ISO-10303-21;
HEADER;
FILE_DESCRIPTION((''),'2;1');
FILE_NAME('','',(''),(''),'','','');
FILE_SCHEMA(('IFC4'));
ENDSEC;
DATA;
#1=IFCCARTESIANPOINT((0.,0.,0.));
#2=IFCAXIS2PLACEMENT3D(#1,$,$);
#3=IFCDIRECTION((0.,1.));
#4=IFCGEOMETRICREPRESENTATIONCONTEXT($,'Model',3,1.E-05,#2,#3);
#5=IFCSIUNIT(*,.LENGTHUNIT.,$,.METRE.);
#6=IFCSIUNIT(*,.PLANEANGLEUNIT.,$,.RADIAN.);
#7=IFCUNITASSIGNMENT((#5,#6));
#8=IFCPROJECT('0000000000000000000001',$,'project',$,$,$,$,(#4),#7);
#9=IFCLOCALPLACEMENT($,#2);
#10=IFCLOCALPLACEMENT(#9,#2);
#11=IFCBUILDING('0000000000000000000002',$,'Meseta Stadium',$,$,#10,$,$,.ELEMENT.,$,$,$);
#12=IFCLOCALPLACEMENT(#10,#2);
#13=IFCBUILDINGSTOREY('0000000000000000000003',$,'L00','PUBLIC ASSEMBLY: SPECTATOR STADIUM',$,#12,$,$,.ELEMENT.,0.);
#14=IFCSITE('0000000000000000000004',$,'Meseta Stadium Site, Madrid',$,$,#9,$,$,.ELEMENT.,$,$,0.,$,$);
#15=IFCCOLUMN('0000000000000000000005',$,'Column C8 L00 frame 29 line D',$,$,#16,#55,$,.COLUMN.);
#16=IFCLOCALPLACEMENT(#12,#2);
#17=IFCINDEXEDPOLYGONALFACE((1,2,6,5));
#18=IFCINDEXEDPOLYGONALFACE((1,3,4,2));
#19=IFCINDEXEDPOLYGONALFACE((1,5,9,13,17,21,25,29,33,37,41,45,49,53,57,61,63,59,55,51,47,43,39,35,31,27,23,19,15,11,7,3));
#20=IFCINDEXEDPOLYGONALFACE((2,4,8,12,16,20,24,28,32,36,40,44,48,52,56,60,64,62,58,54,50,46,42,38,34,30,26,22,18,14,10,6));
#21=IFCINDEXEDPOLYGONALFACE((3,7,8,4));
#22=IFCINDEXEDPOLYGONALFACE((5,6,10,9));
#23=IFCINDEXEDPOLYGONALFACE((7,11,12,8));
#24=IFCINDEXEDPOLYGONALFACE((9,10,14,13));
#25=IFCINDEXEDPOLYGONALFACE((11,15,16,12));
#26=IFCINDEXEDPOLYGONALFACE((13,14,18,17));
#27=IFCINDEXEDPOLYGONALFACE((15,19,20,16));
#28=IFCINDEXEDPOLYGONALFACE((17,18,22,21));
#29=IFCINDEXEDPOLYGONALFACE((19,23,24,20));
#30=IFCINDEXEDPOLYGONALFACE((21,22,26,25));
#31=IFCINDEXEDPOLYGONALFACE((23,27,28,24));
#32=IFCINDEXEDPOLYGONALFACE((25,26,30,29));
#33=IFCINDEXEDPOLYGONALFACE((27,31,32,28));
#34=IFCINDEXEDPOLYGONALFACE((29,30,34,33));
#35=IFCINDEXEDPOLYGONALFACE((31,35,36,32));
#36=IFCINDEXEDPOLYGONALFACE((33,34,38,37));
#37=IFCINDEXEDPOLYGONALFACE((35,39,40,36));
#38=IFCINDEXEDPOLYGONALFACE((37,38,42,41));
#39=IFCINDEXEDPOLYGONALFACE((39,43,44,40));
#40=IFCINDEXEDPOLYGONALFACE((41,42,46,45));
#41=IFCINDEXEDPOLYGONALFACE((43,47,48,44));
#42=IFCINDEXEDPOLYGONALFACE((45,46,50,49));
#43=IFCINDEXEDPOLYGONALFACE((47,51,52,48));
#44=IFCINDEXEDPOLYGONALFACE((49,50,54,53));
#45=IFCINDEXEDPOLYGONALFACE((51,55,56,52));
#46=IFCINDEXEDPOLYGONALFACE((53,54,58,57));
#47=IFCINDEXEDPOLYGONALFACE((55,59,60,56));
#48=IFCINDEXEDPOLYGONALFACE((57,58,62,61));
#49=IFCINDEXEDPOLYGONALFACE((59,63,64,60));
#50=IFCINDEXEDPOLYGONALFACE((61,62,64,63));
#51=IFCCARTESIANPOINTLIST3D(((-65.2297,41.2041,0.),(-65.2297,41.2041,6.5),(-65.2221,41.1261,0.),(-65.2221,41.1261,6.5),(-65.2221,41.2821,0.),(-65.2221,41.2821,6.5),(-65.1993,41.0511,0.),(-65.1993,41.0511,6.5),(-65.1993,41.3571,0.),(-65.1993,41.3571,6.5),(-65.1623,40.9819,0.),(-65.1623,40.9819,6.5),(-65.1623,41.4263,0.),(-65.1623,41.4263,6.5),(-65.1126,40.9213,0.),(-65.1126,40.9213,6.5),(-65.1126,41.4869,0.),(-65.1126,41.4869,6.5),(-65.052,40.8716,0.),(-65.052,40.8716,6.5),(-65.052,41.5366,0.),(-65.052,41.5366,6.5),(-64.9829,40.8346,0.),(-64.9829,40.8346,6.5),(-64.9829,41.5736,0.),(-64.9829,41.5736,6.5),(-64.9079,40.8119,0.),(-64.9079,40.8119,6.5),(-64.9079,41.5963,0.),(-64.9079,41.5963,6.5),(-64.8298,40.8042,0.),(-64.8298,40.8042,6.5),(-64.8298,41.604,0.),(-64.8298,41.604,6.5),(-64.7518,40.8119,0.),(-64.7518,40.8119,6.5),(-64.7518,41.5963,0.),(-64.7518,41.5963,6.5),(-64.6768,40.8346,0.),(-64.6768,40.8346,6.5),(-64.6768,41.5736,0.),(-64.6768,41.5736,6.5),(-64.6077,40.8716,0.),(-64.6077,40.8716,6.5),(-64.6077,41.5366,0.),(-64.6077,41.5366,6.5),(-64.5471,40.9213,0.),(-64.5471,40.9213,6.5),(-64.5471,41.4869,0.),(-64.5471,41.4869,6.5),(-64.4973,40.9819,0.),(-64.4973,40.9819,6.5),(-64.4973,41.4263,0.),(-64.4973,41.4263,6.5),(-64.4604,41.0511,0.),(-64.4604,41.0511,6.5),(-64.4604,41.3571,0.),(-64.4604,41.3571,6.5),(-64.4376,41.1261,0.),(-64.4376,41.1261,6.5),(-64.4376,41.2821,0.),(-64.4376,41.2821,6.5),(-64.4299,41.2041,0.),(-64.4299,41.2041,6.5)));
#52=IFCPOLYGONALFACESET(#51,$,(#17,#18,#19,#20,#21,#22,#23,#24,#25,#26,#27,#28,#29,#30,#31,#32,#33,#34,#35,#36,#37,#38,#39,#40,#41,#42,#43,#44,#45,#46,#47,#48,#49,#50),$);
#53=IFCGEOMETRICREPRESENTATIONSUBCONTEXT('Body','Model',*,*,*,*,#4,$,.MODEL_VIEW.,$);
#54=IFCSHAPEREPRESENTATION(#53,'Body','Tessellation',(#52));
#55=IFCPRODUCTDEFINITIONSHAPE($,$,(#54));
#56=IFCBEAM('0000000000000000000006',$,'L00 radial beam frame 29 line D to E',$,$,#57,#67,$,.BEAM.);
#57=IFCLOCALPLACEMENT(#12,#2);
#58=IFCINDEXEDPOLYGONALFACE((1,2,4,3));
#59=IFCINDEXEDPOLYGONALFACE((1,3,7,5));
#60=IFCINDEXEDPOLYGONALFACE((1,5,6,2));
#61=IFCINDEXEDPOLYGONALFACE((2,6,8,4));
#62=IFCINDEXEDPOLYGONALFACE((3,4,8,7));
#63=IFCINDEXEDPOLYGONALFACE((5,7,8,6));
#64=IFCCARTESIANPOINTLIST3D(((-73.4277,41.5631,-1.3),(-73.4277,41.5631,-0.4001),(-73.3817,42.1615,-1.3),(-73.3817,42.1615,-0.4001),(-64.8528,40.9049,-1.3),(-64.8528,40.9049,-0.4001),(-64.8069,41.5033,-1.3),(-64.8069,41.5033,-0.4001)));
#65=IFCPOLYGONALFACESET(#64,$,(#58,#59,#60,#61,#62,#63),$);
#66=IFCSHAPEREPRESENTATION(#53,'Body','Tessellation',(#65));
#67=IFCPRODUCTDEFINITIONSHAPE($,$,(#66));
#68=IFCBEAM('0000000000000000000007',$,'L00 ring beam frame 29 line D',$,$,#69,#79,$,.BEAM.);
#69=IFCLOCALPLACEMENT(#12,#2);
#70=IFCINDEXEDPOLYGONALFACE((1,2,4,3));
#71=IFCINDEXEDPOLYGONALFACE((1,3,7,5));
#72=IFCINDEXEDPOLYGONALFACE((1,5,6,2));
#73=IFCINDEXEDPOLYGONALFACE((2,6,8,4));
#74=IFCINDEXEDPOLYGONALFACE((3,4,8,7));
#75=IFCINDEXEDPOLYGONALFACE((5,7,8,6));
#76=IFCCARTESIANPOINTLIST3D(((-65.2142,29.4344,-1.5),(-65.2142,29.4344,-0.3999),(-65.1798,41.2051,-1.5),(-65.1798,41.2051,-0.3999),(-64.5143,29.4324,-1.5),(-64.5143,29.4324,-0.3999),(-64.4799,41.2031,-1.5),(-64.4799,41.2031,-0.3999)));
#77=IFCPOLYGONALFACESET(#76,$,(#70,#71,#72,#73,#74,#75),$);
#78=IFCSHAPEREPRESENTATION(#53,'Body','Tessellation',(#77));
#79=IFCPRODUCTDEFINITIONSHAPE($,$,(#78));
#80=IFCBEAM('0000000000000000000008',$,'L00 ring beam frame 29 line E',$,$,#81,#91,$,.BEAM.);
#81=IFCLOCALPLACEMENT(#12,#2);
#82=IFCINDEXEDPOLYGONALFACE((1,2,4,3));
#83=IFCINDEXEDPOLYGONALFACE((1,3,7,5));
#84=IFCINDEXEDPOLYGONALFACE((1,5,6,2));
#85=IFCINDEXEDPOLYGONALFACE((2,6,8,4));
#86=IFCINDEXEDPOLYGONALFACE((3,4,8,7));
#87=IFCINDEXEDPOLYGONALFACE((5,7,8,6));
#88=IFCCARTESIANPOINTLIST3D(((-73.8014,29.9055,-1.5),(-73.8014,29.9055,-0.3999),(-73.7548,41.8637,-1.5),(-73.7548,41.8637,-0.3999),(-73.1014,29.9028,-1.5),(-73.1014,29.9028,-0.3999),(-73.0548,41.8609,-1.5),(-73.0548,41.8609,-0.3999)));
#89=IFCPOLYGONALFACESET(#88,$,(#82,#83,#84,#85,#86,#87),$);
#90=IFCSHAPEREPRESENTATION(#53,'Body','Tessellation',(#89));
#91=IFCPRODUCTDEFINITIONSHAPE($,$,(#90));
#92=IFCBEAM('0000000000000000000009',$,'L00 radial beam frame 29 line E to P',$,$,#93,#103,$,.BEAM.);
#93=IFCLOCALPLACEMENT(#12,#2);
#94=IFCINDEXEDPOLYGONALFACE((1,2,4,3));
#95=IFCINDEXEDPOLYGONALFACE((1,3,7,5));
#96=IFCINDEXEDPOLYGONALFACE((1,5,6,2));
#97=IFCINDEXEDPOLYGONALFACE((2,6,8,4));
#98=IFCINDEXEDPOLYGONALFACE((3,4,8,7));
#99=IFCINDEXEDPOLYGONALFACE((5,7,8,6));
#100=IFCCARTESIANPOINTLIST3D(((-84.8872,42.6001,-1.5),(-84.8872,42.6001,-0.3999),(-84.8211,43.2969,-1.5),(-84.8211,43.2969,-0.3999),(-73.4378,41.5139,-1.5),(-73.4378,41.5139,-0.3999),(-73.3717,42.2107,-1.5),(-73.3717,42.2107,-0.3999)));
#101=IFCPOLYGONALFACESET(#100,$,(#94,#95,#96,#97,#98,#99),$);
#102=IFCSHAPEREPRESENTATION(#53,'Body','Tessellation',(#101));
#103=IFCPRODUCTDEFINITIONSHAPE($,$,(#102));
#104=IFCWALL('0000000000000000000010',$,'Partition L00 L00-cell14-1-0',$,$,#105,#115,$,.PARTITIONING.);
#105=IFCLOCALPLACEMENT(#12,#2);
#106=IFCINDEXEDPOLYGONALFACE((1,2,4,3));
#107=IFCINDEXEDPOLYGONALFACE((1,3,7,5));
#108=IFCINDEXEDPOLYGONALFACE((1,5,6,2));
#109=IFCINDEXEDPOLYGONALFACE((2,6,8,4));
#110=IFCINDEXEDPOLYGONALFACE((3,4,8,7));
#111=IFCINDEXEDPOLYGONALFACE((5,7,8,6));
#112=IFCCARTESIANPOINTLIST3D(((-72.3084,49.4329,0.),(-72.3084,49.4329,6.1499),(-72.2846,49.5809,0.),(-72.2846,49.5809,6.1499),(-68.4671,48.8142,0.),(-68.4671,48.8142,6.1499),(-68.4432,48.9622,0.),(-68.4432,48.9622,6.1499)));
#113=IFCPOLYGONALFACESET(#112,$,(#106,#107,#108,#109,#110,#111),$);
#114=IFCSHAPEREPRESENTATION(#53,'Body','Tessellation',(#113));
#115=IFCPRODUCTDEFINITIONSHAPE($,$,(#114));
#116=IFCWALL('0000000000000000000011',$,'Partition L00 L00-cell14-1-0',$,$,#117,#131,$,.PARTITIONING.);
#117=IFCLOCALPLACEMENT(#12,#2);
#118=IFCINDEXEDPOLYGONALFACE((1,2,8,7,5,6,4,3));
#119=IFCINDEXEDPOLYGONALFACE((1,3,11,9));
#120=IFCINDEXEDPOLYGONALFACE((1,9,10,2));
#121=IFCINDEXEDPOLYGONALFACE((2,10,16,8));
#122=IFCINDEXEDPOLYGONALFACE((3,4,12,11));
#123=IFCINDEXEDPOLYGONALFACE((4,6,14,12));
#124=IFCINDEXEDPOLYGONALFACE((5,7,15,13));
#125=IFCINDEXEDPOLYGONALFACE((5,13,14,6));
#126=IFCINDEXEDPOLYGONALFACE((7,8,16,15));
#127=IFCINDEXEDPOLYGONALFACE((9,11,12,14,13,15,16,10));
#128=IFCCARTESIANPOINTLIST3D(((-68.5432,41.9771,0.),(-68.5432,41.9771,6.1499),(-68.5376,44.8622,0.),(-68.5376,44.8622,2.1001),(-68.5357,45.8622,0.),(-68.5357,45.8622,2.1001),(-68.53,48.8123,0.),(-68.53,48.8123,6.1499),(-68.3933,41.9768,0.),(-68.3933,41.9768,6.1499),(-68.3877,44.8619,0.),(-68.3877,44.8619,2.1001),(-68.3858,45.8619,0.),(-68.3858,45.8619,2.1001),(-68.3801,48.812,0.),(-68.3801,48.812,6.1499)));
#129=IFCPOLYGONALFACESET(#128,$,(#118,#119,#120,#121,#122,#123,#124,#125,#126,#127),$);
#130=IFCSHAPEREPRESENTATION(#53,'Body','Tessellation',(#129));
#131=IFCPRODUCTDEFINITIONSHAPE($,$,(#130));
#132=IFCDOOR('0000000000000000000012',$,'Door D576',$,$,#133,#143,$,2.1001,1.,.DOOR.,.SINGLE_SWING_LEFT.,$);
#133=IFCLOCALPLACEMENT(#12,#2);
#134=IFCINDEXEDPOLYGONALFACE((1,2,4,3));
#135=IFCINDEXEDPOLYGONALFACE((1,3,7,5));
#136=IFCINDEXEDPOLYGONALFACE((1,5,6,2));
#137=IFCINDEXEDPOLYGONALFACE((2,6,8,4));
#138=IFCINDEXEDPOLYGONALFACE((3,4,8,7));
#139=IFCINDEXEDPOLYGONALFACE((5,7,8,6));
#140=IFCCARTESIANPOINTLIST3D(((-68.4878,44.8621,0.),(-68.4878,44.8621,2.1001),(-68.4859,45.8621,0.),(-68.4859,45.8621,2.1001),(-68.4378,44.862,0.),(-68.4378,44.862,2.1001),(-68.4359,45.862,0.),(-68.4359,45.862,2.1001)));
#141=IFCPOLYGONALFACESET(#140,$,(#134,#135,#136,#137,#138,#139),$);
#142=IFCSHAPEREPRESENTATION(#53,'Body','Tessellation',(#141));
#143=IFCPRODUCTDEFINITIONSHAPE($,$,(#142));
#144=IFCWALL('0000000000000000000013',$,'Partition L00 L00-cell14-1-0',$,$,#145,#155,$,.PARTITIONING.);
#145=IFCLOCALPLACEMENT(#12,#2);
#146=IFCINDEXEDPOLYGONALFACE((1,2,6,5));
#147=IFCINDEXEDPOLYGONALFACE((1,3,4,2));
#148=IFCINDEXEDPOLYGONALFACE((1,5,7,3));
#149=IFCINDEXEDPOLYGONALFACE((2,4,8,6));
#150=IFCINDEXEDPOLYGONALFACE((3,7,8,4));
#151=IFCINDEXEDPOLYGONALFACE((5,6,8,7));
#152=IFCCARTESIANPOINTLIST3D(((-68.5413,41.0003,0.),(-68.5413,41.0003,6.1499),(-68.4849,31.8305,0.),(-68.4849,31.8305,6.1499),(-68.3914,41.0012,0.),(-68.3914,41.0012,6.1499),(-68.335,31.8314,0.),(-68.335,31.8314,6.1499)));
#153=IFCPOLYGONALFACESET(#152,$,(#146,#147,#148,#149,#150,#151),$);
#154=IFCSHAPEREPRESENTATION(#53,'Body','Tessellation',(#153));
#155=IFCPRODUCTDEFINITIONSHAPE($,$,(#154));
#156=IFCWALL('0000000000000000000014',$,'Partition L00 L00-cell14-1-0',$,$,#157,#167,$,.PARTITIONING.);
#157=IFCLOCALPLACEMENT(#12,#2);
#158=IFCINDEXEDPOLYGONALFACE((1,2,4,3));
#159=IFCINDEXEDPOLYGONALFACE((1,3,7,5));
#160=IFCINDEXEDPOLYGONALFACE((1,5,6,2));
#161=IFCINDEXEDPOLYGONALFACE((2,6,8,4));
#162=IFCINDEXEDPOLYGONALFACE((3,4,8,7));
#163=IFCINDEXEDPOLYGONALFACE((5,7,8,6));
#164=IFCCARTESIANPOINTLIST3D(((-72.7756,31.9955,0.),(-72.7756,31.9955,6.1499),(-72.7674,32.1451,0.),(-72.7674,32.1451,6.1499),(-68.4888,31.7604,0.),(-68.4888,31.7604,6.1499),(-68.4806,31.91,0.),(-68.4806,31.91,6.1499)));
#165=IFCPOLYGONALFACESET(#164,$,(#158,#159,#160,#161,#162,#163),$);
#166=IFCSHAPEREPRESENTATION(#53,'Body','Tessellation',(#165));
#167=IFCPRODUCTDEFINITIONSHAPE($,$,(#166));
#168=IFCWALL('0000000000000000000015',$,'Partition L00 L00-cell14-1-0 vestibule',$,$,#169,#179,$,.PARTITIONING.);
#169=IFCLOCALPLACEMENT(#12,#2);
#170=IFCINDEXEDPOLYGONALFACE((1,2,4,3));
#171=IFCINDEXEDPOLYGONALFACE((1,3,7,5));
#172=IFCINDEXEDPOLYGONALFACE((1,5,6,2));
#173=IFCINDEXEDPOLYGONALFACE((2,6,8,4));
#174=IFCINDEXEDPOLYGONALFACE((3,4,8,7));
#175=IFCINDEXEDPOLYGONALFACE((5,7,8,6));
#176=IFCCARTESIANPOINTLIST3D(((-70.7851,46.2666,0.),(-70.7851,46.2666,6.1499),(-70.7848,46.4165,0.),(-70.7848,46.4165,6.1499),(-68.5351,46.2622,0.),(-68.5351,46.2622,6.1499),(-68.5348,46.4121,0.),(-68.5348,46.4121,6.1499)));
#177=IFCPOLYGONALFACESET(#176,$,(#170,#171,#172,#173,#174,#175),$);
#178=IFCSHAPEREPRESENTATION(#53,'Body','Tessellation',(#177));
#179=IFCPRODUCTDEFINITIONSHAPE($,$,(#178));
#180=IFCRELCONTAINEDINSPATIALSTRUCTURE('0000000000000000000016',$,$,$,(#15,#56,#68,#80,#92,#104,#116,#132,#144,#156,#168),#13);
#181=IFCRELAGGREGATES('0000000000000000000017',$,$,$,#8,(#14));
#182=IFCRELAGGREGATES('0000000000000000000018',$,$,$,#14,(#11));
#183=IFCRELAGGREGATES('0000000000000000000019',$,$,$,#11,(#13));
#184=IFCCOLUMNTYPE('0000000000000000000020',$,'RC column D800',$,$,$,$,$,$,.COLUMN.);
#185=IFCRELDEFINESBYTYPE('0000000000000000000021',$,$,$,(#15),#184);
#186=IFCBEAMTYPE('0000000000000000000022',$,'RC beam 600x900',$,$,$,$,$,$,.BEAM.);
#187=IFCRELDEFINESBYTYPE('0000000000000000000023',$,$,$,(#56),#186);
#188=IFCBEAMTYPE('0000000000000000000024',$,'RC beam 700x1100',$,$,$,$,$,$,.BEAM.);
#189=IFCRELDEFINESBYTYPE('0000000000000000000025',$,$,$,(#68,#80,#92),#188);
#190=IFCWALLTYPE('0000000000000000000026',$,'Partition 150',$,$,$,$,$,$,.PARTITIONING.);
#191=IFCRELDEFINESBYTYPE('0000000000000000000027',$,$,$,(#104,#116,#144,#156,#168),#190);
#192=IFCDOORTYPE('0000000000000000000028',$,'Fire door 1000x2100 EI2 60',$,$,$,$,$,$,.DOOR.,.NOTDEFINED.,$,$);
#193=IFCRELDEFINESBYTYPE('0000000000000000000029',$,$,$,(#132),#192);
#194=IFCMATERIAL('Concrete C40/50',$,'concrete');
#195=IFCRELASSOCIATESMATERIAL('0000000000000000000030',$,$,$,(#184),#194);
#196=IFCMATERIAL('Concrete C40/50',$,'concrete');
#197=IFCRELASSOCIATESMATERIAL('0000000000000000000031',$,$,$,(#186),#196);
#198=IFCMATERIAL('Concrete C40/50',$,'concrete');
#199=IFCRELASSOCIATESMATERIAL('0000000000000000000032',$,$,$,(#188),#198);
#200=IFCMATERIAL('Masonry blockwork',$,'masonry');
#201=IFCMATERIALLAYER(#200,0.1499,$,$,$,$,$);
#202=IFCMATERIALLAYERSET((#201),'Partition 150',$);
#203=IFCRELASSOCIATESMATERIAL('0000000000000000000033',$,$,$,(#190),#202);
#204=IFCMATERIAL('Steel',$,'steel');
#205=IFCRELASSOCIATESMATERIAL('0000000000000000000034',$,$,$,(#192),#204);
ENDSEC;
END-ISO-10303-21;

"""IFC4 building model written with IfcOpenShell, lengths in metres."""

from ifc_helpers import new_model, si_unit, direction, frame, frame_2d, origin, origin_2d, place, context, subcontext, project, spatial, rectangle, circle, extrude, material, layer, layer_set, material_profile, profile_set, type_object, element, fill, save


model = new_model("IFC4")

# Units and contexts
model_context = context("Model", 3, precision=1e-05, world=origin(), true_north=direction((0.0, 1.0)))
body_context = subcontext(model_context, "Body", "Model", "MODEL_VIEW")
ifc_project = project(units=[si_unit("LENGTHUNIT", "METRE"), si_unit("PLANEANGLEUNIT", "RADIAN")], contexts=[model_context])

# Site, building, storey
site_placement = place(None, origin())
site = spatial("IfcSite", under=ifc_project, at=site_placement, Name="Meseta Stadium Site, Madrid", CompositionType="ELEMENT", RefElevation=0.0)
building_placement = place(site_placement, origin())
building = spatial("IfcBuilding", under=site, at=building_placement, Name="Meseta Stadium", CompositionType="ELEMENT")
storey_placement = place(building_placement, origin())
storey = spatial("IfcBuildingStorey", under=building, at=storey_placement, Name="L00", Description="PUBLIC ASSEMBLY: SPECTATOR STADIUM", CompositionType="ELEMENT", Elevation=0.0)

# Column
ifc_material_1 = material(Name="Concrete C40/50", Category="concrete")
ifc_material_profile_1 = material_profile(ifc_material_1, circle(Radius=0.3999, at=origin_2d()), Name="RC D800")
ifc_profile_set_1 = profile_set([ifc_material_profile_1], Name="Concrete C40/50")
column_type = type_object("IfcColumnType", Name="RC column D800", PredefinedType="COLUMN", material=ifc_profile_set_1)
column_placement = place(storey_placement, frame((-64.8298, 41.2041, 0.0), z_axis=(0.0, 0.0, 1.0), x_axis=(1.0, 0.0, 0.0)))
element("IfcColumn", 1, at=column_placement, inside=storey, type_object=column_type, Name="Column C8 L00 frame 29 line D", PredefinedType="COLUMN", context=body_context, shape_type="SweptSolid", body=[
    extrude(circle(Radius=0.3999, at=origin_2d()), origin(), (0.0, 0.0, 1.0), 6.5),
])

# Beams
ifc_material_2 = material(Name="Concrete C40/50", Category="concrete")
ifc_material_profile_2 = material_profile(ifc_material_2, rectangle(XDim=0.6001, YDim=0.8999, at=origin_2d()), Name="RC 600x900")
ifc_profile_set_2 = profile_set([ifc_material_profile_2], Name="Concrete C40/50")
beam_type_1 = type_object("IfcBeamType", Name="RC beam 600x900", PredefinedType="BEAM", material=ifc_profile_set_2)
beam_1_placement = place(storey_placement, frame((-64.8298, 41.2041, -0.8501), z_axis=(-0.997067, 0.076534, 0.0), x_axis=(-0.076534, -0.997067, 0.0)))
element("IfcBeam", 2, at=beam_1_placement, inside=storey, type_object=beam_type_1, Name="L00 radial beam frame 29 line D to E", PredefinedType="BEAM", context=body_context, shape_type="SweptSolid", body=[
    extrude(rectangle(XDim=0.6001, YDim=0.8999, at=origin_2d()), origin(), (0.0, 0.0, 1.0), 8.6001),
])
ifc_material_3 = material(Name="Concrete C40/50", Category="concrete")
ifc_material_profile_3 = material_profile(ifc_material_3, rectangle(XDim=0.7, YDim=1.1001, at=origin_2d()), Name="RC 700x1100")
ifc_profile_set_3 = profile_set([ifc_material_profile_3], Name="Concrete C40/50")
beam_type_2 = type_object("IfcBeamType", Name="RC beam 700x1100", PredefinedType="BEAM", material=ifc_profile_set_3)
beam_2_placement = place(storey_placement, frame((-64.8298, 41.2041, -0.95), z_axis=(-0.002925, -0.999996, 0.0), x_axis=(0.999996, -0.002925, 0.0)))
element("IfcBeam", 3, at=beam_2_placement, inside=storey, type_object=beam_type_2, Name="L00 ring beam frame 29 line D", PredefinedType="BEAM", context=body_context, shape_type="SweptSolid", body=[
    extrude(rectangle(XDim=0.7, YDim=1.1001, at=origin_2d()), origin(), (0.0, 0.0, 1.0), 11.7708),
])
beam_3_placement = place(storey_placement, frame((-73.4048, 41.8623, -0.95), z_axis=(-0.003899, -0.999992, 0.0), x_axis=(0.999992, -0.003899, 0.0)))
element("IfcBeam", 4, at=beam_3_placement, inside=storey, type_object=beam_type_2, Name="L00 ring beam frame 29 line E", PredefinedType="BEAM", context=body_context, shape_type="SweptSolid", body=[
    extrude(rectangle(XDim=0.7, YDim=1.1001, at=origin_2d()), origin(), (0.0, 0.0, 1.0), 11.9583),
])
beam_4_placement = place(storey_placement, frame((-73.4048, 41.8623, -0.95), z_axis=(-0.99553, 0.094445, 0.0), x_axis=(-0.094445, -0.99553, 0.0)))
element("IfcBeam", 5, at=beam_4_placement, inside=storey, type_object=beam_type_2, Name="L00 radial beam frame 29 line E to P", PredefinedType="BEAM", context=body_context, shape_type="SweptSolid", body=[
    extrude(rectangle(XDim=0.7, YDim=1.1001, at=origin_2d()), origin(), (0.0, 0.0, 1.0), 11.5007),
])

# Wall
ifc_material_4 = material(Name="Masonry blockwork", Category="masonry")
ifc_layer = layer(ifc_material_4, 0.1499)
ifc_layer_set = layer_set([ifc_layer], Name="Partition 150")
wall_type = type_object("IfcWallType", Name="Partition 150", PredefinedType="PARTITIONING", material=ifc_layer_set)
wall_1_placement = place(storey_placement, frame((-72.2964, 49.5068, 0.0), z_axis=(0.0, 0.0, 1.0), x_axis=(0.987278, -0.159004, 0.0)))
element("IfcWall", 6, at=wall_1_placement, inside=storey, type_object=wall_type, Name="Partition L00 L00-cell14-1-0", PredefinedType="PARTITIONING", context=body_context, shape_type="SweptSolid", body=[
    extrude(rectangle(XDim=3.8909, YDim=0.1499, at=frame_2d((1.9453, 0.0))), origin(), (0.0, 0.0, 1.0), 6.1499),
])

# Wall, opening, door
wall_2_placement = place(storey_placement, frame((-68.4551, 48.812, 0.0), z_axis=(0.0, 0.0, 1.0), x_axis=(-0.001929, -0.999998, 0.0)))
wall_2 = element("IfcWall", 7, at=wall_2_placement, inside=storey, type_object=wall_type, Name="Partition L00 L00-cell14-1-0", PredefinedType="PARTITIONING", context=body_context, shape_type="SweptSolid", body=[
    extrude(rectangle(XDim=6.8352, YDim=0.1499, at=frame_2d((3.4175, 0.0))), origin(), (0.0, 0.0, 1.0), 6.1499),
])
opening_1_placement = place(wall_2_placement, frame((2.95, 0.0, 0.0)))
opening_1 = element("IfcOpeningElement", 8, at=opening_1_placement, cuts=wall_2, PredefinedType="OPENING", context=body_context, shape_type="SweptSolid", body=[
    extrude(rectangle(XDim=1.0, YDim=2.1001, at=frame_2d((0.5, 1.05))), frame((0.0, 0.085, 0.0), z_axis=(0.0, -1.0, 0.0), x_axis=(1.0, 0.0, 0.0)), (0.0, 0.0, 1.0), 0.1699),
])
ifc_material_5 = material(Name="Steel", Category="steel")
door_type_1 = type_object("IfcDoorType", Name="Fire door 1000x2100 EI2 60", OperationType="NOTDEFINED", PredefinedType="DOOR", material=ifc_material_5)
door_1_placement = place(opening_1_placement, origin())
door_1 = element("IfcDoor", 9, at=door_1_placement, inside=storey, type_object=door_type_1, Name="Door D576", OperationType="SINGLE_SWING_LEFT", OverallHeight=2.1001, OverallWidth=1.0, PredefinedType="DOOR", context=body_context, shape_type="SweptSolid", body=[
    extrude(rectangle(XDim=1.0, YDim=2.1001, at=frame_2d((0.5, 1.05))), frame((0.0, 0.0249, 0.0), z_axis=(0.0, -1.0, 0.0), x_axis=(1.0, 0.0, 0.0)), (0.0, 0.0, 1.0), 0.05),
])
fill(opening_1, door_1)

# Walls
wall_3_placement = place(storey_placement, frame((-68.4663, 41.0007, 0.0), z_axis=(0.0, 0.0, 1.0), x_axis=(0.00615, -0.999981, 0.0)))
element("IfcWall", 10, at=wall_3_placement, inside=storey, type_object=wall_type, Name="Partition L00 L00-cell14-1-0", PredefinedType="PARTITIONING", context=body_context, shape_type="SweptSolid", body=[
    extrude(rectangle(XDim=9.1699, YDim=0.1499, at=frame_2d((4.585, 0.0))), origin(), (0.0, 0.0, 1.0), 6.1499),
])
wall_4_placement = place(storey_placement, frame((-68.4849, 31.8352, 0.0), z_axis=(0.0, 0.0, 1.0), x_axis=(-0.998499, 0.054761, 0.0)))
element("IfcWall", 11, at=wall_4_placement, inside=storey, type_object=wall_type, Name="Partition L00 L00-cell14-1-0", PredefinedType="PARTITIONING", context=body_context, shape_type="SweptSolid", body=[
    extrude(rectangle(XDim=4.2932, YDim=0.1499, at=frame_2d((2.1465, 0.0))), origin(), (0.0, 0.0, 1.0), 6.1499),
])
for number, where, z_axis, x_axis, name in (
    (12, (-68.5349, 46.3372, 0.0), (0.0, 0.0, 1.0), (-0.999998, 0.001953, 0.0), "Partition L00 L00-cell14-1-0 vestibule"),
):
    element("IfcWall", number, at=place(storey_placement, frame(where, z_axis=z_axis, x_axis=x_axis)), inside=storey, type_object=wall_type, Name=name, PredefinedType="PARTITIONING", context=body_context, shape_type="SweptSolid", body=[
        extrude(rectangle(XDim=2.25, YDim=0.1499, at=frame_2d((1.125, 0.0))), origin(), (0.0, 0.0, 1.0), 6.1499),
    ])

save(model, "model.ifc")
